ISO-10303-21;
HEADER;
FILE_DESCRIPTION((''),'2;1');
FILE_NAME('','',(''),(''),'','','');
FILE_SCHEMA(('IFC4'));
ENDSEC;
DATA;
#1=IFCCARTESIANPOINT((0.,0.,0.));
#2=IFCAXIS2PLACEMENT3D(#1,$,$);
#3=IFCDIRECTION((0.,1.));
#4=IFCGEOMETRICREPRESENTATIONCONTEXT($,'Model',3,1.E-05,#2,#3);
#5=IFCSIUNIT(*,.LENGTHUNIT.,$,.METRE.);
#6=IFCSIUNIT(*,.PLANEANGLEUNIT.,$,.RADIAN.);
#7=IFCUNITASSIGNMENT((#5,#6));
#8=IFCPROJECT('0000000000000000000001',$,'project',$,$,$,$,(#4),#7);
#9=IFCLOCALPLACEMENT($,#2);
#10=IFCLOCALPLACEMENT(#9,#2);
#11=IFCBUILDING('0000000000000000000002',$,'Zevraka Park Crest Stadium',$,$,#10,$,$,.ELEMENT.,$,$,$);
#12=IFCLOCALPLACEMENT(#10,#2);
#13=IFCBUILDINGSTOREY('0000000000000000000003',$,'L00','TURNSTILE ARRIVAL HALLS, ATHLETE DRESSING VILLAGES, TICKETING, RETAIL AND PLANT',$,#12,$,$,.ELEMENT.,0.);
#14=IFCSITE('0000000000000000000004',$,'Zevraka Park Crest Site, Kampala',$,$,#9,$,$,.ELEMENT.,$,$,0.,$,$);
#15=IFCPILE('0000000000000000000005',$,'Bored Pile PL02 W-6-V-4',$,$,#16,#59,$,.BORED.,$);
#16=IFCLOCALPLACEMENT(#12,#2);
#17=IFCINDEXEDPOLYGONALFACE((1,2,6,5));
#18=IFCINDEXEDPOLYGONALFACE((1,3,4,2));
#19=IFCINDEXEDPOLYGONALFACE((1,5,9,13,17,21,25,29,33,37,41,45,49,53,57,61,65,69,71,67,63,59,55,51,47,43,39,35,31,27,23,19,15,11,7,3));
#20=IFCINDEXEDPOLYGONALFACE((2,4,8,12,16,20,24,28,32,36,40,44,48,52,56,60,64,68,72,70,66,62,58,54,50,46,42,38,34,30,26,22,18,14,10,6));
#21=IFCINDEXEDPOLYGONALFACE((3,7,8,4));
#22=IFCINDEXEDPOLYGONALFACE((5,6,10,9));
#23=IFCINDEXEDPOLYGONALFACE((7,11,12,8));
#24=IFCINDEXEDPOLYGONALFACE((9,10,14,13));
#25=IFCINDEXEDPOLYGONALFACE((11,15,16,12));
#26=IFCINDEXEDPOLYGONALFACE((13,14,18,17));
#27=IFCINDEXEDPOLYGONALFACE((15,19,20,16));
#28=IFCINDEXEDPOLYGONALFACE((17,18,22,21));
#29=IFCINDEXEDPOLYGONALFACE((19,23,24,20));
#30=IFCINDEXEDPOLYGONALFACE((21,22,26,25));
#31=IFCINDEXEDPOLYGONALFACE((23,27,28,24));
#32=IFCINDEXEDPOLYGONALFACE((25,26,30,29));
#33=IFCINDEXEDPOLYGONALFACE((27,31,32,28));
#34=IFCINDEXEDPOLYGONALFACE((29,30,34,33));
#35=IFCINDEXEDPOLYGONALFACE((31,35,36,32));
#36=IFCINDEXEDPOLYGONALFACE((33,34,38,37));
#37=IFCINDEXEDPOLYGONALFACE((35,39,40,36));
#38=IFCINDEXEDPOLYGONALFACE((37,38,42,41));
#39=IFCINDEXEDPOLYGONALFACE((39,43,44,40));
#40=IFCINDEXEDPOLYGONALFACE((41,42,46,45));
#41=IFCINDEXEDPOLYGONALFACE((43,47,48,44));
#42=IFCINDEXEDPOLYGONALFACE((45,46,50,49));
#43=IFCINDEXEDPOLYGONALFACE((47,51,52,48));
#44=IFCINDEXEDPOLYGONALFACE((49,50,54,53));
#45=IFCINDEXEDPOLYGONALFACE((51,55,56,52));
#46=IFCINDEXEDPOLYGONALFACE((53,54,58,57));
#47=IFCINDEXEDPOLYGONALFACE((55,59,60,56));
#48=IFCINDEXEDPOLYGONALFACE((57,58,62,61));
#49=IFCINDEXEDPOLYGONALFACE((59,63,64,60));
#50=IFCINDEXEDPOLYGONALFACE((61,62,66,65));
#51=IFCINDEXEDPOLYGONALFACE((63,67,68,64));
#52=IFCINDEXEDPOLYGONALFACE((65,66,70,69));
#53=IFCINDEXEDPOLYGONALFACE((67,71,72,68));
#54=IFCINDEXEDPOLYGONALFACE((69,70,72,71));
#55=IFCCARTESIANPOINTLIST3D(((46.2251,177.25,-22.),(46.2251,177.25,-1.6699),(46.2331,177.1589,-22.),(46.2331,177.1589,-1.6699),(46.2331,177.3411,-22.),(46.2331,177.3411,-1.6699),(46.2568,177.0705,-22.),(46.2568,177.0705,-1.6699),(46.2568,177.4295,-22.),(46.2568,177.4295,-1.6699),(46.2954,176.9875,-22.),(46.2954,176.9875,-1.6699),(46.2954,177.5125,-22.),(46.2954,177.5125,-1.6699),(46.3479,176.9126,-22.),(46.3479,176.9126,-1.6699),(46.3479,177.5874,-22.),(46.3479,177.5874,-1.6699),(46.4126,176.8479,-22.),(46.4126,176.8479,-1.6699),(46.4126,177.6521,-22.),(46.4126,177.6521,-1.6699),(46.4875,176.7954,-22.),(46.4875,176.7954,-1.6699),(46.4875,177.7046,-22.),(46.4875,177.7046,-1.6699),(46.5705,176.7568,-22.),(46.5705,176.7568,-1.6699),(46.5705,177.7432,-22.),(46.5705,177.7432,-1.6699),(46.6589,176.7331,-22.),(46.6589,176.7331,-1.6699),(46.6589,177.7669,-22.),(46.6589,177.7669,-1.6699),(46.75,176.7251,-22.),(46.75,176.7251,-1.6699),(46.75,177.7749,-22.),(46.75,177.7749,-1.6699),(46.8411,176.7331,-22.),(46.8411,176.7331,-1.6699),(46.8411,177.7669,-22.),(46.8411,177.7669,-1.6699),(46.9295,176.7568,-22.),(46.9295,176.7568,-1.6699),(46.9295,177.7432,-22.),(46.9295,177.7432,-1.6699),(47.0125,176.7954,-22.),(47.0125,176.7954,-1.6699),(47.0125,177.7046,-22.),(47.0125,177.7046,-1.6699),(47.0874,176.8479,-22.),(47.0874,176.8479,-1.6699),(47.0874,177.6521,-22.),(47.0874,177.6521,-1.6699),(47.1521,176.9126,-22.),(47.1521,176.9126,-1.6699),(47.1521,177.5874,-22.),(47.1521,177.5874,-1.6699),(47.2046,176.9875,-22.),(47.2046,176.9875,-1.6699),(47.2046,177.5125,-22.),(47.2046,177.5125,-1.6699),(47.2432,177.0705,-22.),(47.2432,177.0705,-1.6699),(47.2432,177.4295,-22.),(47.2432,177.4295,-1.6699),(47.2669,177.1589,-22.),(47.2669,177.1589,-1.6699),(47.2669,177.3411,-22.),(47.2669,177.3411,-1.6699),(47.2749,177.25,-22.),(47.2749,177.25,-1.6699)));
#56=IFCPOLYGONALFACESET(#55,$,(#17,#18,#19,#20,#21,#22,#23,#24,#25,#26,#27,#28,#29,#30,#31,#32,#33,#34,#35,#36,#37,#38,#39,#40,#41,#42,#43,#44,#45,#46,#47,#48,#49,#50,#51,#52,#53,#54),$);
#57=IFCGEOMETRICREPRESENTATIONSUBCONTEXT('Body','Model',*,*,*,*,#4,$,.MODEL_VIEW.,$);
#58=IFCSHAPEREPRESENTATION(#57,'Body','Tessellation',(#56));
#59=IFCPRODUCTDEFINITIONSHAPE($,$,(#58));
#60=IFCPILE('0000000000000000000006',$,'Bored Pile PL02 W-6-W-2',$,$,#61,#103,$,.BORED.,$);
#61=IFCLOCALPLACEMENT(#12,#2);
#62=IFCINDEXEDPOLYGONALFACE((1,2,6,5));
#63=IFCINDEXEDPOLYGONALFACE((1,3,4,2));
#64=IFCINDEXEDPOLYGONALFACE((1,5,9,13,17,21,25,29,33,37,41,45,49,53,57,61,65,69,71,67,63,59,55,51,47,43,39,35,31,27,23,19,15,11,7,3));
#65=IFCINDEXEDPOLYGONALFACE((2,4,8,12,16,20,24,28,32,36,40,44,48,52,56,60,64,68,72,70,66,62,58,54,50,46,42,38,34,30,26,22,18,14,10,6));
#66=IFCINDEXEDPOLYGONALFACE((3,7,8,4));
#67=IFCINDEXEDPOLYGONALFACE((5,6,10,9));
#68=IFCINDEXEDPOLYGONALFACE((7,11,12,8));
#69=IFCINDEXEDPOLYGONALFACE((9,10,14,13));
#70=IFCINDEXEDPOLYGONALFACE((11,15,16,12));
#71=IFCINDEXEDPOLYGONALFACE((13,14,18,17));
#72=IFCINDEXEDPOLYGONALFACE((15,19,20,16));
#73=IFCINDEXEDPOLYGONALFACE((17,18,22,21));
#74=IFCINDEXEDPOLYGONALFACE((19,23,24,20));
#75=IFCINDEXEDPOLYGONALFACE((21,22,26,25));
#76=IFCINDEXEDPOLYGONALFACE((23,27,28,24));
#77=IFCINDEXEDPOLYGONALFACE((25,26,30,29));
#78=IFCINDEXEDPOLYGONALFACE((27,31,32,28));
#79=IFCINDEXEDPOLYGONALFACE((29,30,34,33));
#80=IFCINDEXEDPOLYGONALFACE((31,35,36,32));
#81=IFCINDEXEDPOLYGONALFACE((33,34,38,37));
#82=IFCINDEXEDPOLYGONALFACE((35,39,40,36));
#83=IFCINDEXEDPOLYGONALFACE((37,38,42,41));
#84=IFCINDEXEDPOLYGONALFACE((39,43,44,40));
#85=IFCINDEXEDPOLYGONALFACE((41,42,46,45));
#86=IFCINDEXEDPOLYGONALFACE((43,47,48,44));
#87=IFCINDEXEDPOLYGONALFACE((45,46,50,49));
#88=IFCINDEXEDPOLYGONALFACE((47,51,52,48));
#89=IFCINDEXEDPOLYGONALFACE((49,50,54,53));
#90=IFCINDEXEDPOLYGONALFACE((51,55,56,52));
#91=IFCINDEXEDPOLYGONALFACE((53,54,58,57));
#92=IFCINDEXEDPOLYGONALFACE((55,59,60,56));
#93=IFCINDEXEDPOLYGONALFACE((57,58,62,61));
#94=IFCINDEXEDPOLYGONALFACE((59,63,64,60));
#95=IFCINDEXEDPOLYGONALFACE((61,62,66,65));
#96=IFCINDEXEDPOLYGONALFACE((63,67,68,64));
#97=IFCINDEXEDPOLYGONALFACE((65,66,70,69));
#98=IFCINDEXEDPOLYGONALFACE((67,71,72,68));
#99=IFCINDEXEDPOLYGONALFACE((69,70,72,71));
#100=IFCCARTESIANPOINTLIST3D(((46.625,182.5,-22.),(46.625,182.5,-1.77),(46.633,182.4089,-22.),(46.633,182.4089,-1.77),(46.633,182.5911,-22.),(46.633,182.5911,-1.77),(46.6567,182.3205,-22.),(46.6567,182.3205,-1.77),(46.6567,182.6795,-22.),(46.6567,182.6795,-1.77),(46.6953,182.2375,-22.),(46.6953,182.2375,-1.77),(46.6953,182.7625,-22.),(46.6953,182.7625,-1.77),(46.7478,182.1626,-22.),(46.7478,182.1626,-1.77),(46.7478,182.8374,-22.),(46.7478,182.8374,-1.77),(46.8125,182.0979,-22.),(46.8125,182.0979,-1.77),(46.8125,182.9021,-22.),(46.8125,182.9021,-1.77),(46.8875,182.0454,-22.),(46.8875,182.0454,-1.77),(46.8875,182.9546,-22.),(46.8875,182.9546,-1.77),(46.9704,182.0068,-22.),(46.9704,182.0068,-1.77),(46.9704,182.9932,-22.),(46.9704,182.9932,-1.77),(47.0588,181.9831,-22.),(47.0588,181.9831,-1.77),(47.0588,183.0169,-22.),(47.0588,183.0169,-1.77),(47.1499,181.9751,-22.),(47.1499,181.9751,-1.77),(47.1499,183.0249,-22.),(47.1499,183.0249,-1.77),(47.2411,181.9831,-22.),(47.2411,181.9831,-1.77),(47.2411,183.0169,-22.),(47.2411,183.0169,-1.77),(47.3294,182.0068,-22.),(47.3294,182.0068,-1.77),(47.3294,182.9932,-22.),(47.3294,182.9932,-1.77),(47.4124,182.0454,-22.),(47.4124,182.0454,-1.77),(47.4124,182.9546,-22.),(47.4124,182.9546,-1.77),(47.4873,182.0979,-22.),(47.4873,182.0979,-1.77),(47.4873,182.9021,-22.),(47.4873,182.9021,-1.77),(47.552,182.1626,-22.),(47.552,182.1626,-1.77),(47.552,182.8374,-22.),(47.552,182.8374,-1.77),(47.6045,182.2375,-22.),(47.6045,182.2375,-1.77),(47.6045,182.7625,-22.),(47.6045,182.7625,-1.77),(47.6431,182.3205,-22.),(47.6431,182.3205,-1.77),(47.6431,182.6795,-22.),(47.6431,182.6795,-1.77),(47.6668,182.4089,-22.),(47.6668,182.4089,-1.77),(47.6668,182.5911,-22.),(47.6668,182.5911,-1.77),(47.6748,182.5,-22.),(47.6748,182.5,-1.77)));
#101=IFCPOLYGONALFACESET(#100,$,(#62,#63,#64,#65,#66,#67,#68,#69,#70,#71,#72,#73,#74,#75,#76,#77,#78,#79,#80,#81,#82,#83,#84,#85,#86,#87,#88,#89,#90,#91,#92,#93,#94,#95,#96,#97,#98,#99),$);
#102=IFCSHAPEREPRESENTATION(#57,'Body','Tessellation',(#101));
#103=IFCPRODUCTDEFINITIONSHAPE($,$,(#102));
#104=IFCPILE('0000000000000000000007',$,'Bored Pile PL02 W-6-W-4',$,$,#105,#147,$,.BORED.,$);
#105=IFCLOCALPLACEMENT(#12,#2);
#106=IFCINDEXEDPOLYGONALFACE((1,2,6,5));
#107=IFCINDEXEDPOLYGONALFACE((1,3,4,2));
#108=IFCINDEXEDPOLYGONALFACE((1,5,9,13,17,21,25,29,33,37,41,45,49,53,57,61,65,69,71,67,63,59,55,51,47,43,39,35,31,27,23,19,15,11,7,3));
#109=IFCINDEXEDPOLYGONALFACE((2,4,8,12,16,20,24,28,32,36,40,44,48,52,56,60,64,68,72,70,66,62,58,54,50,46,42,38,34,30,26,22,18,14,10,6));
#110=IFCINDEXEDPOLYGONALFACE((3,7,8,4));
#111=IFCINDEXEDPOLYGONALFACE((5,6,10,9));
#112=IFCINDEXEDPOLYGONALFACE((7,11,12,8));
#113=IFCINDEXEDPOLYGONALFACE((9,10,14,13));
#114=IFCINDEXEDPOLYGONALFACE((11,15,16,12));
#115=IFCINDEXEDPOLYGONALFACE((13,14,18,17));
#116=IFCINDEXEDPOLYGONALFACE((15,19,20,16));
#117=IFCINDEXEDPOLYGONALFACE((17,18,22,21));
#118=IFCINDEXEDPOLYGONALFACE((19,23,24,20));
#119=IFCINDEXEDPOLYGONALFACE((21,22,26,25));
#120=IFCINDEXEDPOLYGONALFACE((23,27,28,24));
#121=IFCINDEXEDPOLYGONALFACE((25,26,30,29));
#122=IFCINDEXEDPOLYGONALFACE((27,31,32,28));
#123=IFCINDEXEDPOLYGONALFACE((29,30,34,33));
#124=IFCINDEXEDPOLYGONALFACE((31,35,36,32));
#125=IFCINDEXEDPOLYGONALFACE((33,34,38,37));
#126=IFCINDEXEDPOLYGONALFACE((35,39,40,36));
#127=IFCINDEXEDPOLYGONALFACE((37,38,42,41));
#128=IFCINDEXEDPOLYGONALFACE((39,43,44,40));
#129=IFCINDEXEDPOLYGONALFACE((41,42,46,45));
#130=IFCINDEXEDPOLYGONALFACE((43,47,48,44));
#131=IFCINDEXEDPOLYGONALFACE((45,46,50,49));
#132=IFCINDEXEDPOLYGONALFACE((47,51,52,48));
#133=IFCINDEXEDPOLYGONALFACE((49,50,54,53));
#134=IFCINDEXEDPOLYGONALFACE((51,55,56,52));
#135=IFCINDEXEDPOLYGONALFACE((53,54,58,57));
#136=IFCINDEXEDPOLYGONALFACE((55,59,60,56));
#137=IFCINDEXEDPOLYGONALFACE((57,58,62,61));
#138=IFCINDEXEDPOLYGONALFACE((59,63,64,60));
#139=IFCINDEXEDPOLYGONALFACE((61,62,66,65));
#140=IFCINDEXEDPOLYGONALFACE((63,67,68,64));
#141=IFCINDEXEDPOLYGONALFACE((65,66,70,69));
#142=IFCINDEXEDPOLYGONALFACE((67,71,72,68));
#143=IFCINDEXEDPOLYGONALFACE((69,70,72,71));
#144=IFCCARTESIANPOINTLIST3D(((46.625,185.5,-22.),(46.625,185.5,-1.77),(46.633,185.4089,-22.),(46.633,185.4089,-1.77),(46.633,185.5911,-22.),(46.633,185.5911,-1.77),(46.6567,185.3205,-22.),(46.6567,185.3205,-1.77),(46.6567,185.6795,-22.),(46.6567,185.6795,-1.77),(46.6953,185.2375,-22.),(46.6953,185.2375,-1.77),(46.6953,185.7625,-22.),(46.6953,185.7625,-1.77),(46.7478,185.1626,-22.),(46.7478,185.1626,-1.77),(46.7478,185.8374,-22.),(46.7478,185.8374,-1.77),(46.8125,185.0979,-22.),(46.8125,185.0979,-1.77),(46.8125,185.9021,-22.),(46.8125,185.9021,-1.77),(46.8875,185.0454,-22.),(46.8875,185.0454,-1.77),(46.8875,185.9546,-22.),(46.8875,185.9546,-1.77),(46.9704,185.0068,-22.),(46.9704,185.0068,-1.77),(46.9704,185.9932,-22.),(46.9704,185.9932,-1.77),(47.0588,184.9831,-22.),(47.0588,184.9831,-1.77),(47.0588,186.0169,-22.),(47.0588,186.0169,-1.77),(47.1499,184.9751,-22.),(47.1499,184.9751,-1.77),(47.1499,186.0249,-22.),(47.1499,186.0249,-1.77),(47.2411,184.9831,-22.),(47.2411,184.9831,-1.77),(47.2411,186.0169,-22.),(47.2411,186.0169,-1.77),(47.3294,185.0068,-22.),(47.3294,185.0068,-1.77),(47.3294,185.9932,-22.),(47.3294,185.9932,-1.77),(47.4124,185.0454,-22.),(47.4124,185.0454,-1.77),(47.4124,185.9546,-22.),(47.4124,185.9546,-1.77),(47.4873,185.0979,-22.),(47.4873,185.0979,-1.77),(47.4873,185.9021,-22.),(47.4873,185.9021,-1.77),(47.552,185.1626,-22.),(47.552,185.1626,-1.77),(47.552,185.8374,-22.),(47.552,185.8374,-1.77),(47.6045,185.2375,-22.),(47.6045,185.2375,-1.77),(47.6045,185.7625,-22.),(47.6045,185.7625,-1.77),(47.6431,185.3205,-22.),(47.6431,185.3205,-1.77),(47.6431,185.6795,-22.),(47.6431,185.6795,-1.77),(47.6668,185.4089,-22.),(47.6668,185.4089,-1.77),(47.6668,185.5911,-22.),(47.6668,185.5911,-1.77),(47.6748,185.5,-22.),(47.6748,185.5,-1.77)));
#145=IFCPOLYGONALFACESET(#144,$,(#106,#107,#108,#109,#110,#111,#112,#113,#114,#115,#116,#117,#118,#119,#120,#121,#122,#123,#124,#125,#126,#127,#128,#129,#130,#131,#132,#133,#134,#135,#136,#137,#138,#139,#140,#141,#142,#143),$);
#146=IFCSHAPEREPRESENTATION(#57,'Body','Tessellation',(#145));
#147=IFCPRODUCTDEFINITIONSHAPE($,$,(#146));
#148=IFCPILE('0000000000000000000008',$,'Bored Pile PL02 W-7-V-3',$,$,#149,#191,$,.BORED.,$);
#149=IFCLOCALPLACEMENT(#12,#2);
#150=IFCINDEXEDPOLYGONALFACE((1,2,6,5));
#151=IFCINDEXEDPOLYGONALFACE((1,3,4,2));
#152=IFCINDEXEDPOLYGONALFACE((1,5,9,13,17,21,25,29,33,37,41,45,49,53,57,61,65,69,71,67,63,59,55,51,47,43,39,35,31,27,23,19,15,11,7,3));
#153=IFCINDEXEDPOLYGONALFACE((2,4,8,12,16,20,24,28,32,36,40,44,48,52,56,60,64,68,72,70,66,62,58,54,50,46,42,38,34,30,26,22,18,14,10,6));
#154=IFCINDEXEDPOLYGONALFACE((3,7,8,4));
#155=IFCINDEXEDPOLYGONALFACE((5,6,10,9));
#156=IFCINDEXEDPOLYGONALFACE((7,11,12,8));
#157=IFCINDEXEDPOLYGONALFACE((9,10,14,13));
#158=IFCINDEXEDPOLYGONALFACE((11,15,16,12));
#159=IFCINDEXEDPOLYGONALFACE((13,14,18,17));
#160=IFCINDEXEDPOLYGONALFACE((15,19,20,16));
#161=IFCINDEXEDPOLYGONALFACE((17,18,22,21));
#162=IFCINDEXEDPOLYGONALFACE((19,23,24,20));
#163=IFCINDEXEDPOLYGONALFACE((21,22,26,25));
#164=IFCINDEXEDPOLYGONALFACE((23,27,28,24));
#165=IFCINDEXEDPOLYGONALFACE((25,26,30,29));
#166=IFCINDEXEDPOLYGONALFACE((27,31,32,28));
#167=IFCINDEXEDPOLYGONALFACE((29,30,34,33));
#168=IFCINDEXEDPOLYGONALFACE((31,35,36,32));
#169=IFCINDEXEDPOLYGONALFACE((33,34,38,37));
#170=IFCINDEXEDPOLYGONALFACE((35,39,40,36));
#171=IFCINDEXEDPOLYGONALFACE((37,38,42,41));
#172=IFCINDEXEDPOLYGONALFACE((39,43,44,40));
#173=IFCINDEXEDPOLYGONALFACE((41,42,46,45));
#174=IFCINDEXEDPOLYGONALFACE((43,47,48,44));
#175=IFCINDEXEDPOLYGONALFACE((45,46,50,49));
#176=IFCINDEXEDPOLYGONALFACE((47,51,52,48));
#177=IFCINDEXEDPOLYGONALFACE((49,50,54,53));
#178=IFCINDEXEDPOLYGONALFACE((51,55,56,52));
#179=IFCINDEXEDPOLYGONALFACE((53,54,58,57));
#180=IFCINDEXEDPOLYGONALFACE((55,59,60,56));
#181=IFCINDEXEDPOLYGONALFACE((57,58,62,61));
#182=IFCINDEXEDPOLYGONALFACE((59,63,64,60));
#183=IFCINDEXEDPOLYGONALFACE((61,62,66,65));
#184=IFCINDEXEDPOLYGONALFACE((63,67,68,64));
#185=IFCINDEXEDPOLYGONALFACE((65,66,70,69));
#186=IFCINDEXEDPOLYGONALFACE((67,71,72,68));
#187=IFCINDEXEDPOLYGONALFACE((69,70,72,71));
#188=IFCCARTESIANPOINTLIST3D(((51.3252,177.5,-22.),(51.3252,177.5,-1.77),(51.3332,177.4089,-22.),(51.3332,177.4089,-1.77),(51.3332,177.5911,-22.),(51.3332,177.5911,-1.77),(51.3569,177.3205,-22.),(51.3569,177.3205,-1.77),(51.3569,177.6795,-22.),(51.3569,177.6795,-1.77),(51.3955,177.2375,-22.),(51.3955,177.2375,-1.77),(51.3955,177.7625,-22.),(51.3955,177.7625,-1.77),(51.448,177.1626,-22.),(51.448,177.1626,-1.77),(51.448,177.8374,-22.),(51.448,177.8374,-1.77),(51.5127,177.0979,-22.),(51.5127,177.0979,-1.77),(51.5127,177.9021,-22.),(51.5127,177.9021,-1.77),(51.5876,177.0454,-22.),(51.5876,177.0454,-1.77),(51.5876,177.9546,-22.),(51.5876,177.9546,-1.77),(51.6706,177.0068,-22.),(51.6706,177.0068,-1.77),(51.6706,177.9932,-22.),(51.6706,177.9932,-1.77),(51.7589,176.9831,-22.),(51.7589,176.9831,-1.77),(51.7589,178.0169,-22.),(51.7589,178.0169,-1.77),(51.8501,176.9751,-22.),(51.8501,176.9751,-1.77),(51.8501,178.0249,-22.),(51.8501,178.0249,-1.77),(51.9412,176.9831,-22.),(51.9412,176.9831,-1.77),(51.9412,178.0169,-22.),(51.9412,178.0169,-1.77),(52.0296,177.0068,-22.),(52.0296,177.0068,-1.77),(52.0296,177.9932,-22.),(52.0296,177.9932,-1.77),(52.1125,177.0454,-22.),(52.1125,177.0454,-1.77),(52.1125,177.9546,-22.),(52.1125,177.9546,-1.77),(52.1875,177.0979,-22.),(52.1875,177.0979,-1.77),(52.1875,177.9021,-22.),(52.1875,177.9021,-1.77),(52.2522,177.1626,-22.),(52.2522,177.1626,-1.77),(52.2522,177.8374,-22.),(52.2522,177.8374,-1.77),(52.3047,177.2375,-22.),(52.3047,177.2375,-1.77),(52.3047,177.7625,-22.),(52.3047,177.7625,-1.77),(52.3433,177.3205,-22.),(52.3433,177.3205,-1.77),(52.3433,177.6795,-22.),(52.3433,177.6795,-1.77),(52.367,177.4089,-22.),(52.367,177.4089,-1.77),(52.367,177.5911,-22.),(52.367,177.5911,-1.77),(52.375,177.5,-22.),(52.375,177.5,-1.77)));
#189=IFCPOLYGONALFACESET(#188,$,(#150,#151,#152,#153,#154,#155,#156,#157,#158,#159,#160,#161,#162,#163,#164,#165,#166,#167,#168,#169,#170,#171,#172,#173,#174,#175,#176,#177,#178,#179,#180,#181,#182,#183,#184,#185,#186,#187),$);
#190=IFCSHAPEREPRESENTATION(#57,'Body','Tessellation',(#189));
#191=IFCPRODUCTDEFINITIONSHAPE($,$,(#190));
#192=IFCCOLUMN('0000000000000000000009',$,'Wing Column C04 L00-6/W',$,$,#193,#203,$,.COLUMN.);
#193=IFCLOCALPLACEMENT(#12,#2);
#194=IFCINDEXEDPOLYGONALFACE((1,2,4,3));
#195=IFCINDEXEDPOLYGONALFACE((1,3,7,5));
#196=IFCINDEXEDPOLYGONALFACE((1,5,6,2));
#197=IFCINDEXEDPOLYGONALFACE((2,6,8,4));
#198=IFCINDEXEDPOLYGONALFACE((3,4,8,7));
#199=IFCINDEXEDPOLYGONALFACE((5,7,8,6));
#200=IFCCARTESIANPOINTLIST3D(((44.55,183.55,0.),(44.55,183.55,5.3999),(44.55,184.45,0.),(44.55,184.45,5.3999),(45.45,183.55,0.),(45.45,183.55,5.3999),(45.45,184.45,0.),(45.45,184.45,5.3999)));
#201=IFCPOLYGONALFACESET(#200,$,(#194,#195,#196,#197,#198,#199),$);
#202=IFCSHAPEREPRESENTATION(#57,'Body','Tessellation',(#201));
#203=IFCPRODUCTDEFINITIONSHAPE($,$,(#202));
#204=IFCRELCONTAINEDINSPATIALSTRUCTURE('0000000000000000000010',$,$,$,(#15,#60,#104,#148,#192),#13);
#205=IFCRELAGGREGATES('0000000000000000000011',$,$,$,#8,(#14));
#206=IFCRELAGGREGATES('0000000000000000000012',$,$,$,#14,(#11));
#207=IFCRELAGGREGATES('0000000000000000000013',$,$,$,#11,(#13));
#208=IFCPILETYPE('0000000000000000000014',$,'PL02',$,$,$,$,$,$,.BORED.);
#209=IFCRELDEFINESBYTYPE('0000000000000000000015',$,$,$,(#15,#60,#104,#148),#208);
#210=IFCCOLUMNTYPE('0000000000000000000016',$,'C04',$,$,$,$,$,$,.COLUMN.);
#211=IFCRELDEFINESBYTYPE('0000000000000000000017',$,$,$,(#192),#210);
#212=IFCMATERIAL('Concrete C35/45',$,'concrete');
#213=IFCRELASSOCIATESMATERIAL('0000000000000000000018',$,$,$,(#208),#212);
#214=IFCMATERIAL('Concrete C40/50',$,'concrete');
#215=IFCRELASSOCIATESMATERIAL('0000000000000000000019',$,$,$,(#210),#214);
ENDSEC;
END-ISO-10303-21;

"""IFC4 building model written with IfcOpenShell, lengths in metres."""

from ifc_helpers import new_model, si_unit, direction, frame, origin, origin_2d, place, context, subcontext, project, spatial, rectangle, circle, extrude, material, material_profile, profile_set, type_object, element, save


model = new_model("IFC4")

# Units and contexts
model_context = context("Model", 3, precision=1e-05, world=origin(), true_north=direction((0.0, 1.0)))
body_context = subcontext(model_context, "Body", "Model", "MODEL_VIEW")
ifc_project = project(units=[si_unit("LENGTHUNIT", "METRE"), si_unit("PLANEANGLEUNIT", "RADIAN")], contexts=[model_context])

# Site, building, storey
site_placement = place(None, origin())
site = spatial("IfcSite", under=ifc_project, at=site_placement, Name="Zevraka Park Crest Site, Kampala", CompositionType="ELEMENT", RefElevation=0.0)
building_placement = place(site_placement, origin())
building = spatial("IfcBuilding", under=site, at=building_placement, Name="Zevraka Park Crest Stadium", CompositionType="ELEMENT")
storey_placement = place(building_placement, origin())
storey = spatial("IfcBuildingStorey", under=building, at=storey_placement, Name="L00", Description="TURNSTILE ARRIVAL HALLS, ATHLETE DRESSING VILLAGES, TICKETING, RETAIL AND PLANT", CompositionType="ELEMENT", Elevation=0.0)

# Piles
ifc_material_1 = material(Name="Concrete C35/45", Category="concrete")
ifc_material_profile_1 = material_profile(ifc_material_1, circle(Radius=0.5249, at=origin_2d()), Name="PILE D1050")
ifc_profile_set_1 = profile_set([ifc_material_profile_1], Name="Concrete C35/45")
pile_type_1 = type_object("IfcPileType", Name="PL02", PredefinedType="BORED", material=ifc_profile_set_1)
pile_placement = place(storey_placement, frame((46.75, 177.25, -1.6699), z_axis=(0.0, 0.0, -1.0), x_axis=(1.0, 0.0, 0.0)))
element("IfcPile", 1, at=pile_placement, inside=storey, type_object=pile_type_1, Name="Bored Pile PL02 W-6-V-4", PredefinedType="BORED", context=body_context, shape_type="SweptSolid", body=[
    extrude(circle(Radius=0.5249, at=origin_2d()), origin(), (0.0, 0.0, 1.0), 20.3301),
])
for number, where, z_axis, x_axis, name in (
    (2, (47.1499, 182.5, -1.77), (0.0, 0.0, -1.0), (1.0, 0.0, 0.0), "Bored Pile PL02 W-6-W-2"),
    (3, (47.1499, 185.5, -1.77), (0.0, 0.0, -1.0), (1.0, 0.0, 0.0), "Bored Pile PL02 W-6-W-4"),
    (4, (51.8501, 177.5, -1.77), (0.0, 0.0, -1.0), (1.0, 0.0, 0.0), "Bored Pile PL02 W-7-V-3"),
):
    element("IfcPile", number, at=place(storey_placement, frame(where, z_axis=z_axis, x_axis=x_axis)), inside=storey, type_object=pile_type_1, Name=name, PredefinedType="BORED", context=body_context, shape_type="SweptSolid", body=[
        extrude(circle(Radius=0.5249, at=origin_2d()), origin(), (0.0, 0.0, 1.0), 20.23),
    ])

# Column
ifc_material_2 = material(Name="Concrete C40/50", Category="concrete")
ifc_material_profile_2 = material_profile(ifc_material_2, rectangle(XDim=0.8999, YDim=0.8999, at=origin_2d()), Name="RC 900x900")
ifc_profile_set_2 = profile_set([ifc_material_profile_2], Name="Concrete C40/50")
column_type = type_object("IfcColumnType", Name="C04", PredefinedType="COLUMN", material=ifc_profile_set_2)
for number, where, z_axis, x_axis, name in (
    (5, (45.0, 184.0, 0.0), (0.0, 0.0, 1.0), (1.0, 0.0, 0.0), "Wing Column C04 L00-6/W"),
):
    element("IfcColumn", number, at=place(storey_placement, frame(where, z_axis=z_axis, x_axis=x_axis)), inside=storey, type_object=column_type, Name=name, PredefinedType="COLUMN", context=body_context, shape_type="SweptSolid", body=[
        extrude(rectangle(XDim=0.8999, YDim=0.8999, at=origin_2d()), origin(), (0.0, 0.0, 1.0), 5.3999),
    ])

save(model, "model.ifc")
